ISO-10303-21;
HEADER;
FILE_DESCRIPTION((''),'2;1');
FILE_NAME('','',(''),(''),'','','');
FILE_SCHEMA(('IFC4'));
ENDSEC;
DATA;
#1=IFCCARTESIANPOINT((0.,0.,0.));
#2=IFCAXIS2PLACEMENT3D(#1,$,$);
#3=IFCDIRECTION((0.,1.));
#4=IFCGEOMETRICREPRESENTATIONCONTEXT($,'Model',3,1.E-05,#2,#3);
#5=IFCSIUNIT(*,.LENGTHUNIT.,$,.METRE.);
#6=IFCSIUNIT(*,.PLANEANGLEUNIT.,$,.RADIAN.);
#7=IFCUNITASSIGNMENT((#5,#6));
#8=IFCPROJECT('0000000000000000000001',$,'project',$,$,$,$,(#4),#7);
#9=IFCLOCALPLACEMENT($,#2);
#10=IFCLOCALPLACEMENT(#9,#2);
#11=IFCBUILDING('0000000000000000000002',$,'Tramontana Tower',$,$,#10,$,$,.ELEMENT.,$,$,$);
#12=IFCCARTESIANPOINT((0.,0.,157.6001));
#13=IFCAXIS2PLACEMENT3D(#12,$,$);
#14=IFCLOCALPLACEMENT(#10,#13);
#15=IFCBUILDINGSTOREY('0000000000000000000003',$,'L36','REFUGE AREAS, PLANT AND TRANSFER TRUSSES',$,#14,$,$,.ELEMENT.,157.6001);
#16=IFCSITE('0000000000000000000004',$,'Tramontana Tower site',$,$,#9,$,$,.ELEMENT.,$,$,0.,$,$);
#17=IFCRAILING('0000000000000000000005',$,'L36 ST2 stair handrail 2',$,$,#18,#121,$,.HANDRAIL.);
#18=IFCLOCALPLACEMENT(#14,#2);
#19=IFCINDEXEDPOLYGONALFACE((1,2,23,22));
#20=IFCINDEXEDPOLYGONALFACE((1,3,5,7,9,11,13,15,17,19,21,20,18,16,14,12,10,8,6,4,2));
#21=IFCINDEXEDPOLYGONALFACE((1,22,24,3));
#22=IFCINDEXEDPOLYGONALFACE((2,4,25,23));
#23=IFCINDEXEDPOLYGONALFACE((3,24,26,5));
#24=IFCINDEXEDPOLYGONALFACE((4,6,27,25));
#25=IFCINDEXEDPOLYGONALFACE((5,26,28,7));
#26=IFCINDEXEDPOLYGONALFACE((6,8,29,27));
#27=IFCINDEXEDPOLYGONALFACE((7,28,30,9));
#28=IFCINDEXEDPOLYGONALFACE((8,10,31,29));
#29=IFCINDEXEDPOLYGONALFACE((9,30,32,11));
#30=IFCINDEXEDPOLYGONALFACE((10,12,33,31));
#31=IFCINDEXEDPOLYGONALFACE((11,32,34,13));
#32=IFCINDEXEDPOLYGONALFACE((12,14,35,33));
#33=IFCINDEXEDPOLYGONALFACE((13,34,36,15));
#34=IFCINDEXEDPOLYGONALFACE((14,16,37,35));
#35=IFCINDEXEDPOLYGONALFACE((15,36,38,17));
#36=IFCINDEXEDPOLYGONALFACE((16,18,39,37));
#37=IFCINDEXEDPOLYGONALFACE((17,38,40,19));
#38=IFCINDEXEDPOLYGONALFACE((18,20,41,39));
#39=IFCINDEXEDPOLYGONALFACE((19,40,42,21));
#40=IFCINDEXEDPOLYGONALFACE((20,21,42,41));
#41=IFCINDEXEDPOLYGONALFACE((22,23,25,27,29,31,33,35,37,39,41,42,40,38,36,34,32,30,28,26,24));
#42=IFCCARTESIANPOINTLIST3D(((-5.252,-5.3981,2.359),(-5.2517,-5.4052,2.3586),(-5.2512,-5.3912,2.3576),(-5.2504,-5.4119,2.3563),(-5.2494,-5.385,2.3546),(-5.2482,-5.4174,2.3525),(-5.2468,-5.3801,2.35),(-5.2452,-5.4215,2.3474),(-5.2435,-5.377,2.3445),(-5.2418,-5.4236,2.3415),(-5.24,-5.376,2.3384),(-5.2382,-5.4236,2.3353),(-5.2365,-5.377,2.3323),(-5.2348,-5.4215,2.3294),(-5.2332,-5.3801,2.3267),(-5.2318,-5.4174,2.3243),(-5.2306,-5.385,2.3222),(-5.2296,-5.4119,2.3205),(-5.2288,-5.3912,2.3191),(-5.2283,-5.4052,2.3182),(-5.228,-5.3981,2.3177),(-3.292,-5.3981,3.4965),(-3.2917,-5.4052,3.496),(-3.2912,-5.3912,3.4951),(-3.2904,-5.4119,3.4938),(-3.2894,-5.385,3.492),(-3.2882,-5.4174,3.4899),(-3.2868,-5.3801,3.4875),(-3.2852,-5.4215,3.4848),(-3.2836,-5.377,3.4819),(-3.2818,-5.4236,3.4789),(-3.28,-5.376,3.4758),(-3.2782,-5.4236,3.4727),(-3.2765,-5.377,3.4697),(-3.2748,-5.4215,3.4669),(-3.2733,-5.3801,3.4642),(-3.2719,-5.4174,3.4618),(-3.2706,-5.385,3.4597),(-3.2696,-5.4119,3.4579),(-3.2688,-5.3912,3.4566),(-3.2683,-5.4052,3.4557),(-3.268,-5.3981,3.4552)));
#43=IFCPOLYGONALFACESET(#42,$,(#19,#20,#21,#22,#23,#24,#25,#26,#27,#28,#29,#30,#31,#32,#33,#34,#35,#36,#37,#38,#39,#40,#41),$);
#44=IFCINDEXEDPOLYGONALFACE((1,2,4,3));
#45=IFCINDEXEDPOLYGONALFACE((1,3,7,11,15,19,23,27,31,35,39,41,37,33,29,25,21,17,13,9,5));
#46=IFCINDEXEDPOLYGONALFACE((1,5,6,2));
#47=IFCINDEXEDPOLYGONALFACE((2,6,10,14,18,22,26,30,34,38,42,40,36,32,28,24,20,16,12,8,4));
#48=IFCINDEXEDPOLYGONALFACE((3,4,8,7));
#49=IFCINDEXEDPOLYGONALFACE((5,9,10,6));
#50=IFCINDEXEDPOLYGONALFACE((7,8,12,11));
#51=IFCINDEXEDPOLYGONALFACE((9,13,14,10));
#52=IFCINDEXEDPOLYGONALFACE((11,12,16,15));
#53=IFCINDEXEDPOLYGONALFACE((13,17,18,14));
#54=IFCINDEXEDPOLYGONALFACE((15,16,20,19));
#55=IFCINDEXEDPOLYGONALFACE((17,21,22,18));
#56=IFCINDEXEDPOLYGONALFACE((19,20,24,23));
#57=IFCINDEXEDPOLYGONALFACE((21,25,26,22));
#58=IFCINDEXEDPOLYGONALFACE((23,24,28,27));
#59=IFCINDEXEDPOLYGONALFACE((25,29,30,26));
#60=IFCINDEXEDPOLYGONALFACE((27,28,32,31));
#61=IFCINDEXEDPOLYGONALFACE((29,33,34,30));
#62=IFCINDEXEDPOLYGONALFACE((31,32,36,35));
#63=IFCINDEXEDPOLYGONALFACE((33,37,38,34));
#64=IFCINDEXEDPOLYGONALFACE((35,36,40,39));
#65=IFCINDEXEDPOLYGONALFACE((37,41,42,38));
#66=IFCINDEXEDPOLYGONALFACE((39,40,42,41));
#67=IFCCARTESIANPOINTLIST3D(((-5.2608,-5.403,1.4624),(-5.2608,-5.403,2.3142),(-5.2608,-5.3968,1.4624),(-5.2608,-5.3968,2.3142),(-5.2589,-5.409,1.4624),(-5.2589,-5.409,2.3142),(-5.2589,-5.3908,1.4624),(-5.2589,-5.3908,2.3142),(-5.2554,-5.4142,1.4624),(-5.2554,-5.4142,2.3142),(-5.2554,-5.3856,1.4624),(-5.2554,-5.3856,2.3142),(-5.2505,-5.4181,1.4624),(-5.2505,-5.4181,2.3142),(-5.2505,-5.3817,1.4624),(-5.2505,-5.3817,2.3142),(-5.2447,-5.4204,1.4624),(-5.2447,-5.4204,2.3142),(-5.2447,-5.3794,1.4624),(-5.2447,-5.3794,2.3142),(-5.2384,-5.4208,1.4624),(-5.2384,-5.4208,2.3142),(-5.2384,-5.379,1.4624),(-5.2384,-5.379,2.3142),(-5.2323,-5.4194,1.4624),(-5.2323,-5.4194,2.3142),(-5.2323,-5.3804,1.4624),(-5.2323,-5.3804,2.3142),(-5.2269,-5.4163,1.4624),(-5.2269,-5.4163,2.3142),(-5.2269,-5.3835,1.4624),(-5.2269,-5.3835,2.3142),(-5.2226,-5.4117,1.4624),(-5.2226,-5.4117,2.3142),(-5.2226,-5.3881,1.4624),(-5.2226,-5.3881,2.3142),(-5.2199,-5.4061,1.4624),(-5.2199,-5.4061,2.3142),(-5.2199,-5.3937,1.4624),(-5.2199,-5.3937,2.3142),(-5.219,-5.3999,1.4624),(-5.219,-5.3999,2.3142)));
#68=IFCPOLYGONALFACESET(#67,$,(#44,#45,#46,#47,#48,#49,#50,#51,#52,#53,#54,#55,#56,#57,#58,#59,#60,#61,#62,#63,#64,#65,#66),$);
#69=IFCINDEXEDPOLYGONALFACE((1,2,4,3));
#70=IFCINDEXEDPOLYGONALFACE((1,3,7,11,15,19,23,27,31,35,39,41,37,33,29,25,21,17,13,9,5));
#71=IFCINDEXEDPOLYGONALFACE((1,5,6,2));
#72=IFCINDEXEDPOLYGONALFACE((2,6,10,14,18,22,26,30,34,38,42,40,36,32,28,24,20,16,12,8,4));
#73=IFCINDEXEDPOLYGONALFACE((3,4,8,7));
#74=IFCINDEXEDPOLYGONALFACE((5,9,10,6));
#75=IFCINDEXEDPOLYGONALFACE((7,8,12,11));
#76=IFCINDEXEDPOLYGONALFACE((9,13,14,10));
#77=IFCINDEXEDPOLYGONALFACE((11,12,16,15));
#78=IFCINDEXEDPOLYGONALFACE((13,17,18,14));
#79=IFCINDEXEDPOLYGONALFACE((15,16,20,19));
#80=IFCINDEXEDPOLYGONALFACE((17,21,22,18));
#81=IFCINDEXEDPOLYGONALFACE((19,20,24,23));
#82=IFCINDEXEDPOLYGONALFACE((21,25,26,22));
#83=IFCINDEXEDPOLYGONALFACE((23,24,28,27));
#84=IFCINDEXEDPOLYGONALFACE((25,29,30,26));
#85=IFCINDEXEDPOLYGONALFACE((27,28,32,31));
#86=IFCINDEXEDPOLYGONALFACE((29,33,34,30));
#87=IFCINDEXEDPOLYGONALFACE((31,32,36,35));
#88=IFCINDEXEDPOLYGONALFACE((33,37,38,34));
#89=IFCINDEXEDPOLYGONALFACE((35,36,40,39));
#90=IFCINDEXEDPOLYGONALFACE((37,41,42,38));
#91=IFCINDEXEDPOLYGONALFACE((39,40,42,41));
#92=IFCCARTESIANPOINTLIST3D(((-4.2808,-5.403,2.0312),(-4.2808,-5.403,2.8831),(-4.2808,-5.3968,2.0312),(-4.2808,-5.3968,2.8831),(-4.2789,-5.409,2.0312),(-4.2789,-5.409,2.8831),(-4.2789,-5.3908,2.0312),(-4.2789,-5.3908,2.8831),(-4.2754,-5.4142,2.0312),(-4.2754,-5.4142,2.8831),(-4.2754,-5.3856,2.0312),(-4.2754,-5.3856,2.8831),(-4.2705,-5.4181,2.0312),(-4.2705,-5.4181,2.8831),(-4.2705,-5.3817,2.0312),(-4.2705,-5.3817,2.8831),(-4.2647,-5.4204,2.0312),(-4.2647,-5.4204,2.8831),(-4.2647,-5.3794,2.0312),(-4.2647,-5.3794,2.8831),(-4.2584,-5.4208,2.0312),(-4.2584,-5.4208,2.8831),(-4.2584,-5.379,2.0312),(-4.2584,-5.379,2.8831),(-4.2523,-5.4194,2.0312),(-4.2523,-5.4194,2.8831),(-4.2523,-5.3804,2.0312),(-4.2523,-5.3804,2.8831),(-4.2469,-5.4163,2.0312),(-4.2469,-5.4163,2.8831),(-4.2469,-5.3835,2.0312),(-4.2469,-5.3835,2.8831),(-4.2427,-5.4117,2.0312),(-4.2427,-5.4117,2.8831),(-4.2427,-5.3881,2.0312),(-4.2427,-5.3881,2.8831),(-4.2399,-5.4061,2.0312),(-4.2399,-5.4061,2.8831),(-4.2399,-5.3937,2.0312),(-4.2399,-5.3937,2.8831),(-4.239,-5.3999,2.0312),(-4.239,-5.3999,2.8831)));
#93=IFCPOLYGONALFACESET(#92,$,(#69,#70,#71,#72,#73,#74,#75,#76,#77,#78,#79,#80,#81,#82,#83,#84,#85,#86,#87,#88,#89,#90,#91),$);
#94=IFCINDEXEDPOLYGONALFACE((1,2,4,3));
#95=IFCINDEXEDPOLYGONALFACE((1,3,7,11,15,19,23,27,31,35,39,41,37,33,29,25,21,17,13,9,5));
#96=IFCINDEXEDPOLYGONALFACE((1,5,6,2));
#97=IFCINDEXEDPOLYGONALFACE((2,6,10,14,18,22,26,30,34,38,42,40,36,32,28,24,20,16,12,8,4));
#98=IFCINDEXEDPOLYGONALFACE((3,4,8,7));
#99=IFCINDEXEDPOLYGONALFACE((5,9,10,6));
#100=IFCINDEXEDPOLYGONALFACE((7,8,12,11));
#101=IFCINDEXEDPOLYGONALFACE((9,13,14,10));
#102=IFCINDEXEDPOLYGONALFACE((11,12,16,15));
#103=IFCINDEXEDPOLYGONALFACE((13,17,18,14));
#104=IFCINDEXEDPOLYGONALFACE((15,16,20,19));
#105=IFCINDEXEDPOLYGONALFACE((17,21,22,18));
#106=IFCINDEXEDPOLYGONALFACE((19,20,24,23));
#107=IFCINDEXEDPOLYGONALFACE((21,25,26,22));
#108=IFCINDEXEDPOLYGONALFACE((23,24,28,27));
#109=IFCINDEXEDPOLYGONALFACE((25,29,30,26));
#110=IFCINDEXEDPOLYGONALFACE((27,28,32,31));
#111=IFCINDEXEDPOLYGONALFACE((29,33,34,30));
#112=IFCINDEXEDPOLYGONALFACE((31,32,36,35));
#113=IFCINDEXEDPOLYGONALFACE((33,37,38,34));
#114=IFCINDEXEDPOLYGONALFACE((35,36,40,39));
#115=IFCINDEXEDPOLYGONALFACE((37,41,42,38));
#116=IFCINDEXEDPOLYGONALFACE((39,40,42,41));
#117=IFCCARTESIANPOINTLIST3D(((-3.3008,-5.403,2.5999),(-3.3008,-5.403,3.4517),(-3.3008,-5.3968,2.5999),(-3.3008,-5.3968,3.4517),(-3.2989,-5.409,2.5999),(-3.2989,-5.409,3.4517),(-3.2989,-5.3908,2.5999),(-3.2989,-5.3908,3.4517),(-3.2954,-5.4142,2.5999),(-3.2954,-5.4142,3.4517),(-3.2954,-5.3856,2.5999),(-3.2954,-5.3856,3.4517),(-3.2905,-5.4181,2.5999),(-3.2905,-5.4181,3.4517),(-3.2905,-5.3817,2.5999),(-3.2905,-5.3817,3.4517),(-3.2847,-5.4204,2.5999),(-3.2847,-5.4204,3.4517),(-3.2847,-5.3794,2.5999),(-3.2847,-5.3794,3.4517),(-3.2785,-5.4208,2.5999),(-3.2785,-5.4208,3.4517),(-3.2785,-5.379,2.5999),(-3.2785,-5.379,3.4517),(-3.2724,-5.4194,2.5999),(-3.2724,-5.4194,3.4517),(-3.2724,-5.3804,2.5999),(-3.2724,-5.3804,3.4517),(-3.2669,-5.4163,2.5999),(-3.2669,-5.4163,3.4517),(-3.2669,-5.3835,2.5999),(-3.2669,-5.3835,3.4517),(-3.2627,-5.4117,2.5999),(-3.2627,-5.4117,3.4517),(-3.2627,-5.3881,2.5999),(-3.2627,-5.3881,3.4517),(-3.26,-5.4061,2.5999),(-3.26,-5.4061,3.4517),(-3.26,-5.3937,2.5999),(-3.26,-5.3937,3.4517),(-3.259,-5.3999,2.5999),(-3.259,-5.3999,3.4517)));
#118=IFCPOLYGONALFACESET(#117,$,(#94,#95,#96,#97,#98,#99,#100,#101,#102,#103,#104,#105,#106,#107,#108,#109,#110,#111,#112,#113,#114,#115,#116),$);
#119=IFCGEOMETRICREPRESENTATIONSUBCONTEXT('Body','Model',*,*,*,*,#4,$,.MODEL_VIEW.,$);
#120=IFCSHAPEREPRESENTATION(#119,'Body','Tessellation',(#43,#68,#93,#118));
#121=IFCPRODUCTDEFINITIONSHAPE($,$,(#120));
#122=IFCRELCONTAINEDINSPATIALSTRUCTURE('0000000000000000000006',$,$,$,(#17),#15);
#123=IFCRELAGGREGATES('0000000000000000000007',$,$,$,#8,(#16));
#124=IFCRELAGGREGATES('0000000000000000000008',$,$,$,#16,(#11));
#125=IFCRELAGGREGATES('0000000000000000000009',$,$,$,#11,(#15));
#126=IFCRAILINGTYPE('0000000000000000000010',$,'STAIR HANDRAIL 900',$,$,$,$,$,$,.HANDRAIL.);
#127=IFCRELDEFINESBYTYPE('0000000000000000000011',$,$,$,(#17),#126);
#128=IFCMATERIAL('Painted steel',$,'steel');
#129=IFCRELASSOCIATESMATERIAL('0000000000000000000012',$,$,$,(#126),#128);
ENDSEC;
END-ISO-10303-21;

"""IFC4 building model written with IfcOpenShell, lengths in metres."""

from ifc_helpers import new_model, si_unit, direction, frame, origin, origin_2d, place, context, subcontext, project, spatial, circle, extrude, material, type_object, element, save


model = new_model("IFC4")

# Units and contexts
model_context = context("Model", 3, precision=1e-05, world=origin(), true_north=direction((0.0, 1.0)))
body_context = subcontext(model_context, "Body", "Model", "MODEL_VIEW")
ifc_project = project(units=[si_unit("LENGTHUNIT", "METRE"), si_unit("PLANEANGLEUNIT", "RADIAN")], contexts=[model_context])

# Site, building, storey
site_placement = place(None, origin())
site = spatial("IfcSite", under=ifc_project, at=site_placement, Name="Tramontana Tower site", CompositionType="ELEMENT", RefElevation=0.0)
building_placement = place(site_placement, origin())
building = spatial("IfcBuilding", under=site, at=building_placement, Name="Tramontana Tower", CompositionType="ELEMENT")
storey_placement = place(building_placement, frame((0.0, 0.0, 157.6001)))
storey = spatial("IfcBuildingStorey", under=building, at=storey_placement, Name="L36", Description="REFUGE AREAS, PLANT AND TRANSFER TRUSSES", CompositionType="ELEMENT", Elevation=157.6001)

# Railing
ifc_material_1 = material(Name="Painted steel", Category="steel")
railing_type_1 = type_object("IfcRailingType", Name="STAIR HANDRAIL 900", PredefinedType="HANDRAIL", material=ifc_material_1)
railing_1_placement = place(storey_placement, frame((-5.24, -5.3999, 1.4624)))
element("IfcRailing", 1, at=railing_1_placement, inside=storey, type_object=railing_type_1, Name="L36 ST2 stair handrail 2", PredefinedType="HANDRAIL", context=body_context, shape_type="SweptSolid", body=[
    extrude(circle(Radius=0.0239, at=origin_2d()), frame((0.0, 0.0, 0.876), z_axis=(0.864902, 0.0, 0.501941), x_axis=(0.0, 1.0, 0.0)), (0.0, 0.0, 1.0), 2.2661),
    extrude(circle(Radius=0.021, at=origin_2d()), origin(), (0.0, 0.0, 1.0), 0.8518),
    extrude(circle(Radius=0.021, at=origin_2d()), frame((0.98, 0.0, 0.5688)), (0.0, 0.0, 1.0), 0.8518),
    extrude(circle(Radius=0.021, at=origin_2d()), frame((1.96, 0.0, 1.1375)), (0.0, 0.0, 1.0), 0.8518),
])

save(model, "model.ifc")
